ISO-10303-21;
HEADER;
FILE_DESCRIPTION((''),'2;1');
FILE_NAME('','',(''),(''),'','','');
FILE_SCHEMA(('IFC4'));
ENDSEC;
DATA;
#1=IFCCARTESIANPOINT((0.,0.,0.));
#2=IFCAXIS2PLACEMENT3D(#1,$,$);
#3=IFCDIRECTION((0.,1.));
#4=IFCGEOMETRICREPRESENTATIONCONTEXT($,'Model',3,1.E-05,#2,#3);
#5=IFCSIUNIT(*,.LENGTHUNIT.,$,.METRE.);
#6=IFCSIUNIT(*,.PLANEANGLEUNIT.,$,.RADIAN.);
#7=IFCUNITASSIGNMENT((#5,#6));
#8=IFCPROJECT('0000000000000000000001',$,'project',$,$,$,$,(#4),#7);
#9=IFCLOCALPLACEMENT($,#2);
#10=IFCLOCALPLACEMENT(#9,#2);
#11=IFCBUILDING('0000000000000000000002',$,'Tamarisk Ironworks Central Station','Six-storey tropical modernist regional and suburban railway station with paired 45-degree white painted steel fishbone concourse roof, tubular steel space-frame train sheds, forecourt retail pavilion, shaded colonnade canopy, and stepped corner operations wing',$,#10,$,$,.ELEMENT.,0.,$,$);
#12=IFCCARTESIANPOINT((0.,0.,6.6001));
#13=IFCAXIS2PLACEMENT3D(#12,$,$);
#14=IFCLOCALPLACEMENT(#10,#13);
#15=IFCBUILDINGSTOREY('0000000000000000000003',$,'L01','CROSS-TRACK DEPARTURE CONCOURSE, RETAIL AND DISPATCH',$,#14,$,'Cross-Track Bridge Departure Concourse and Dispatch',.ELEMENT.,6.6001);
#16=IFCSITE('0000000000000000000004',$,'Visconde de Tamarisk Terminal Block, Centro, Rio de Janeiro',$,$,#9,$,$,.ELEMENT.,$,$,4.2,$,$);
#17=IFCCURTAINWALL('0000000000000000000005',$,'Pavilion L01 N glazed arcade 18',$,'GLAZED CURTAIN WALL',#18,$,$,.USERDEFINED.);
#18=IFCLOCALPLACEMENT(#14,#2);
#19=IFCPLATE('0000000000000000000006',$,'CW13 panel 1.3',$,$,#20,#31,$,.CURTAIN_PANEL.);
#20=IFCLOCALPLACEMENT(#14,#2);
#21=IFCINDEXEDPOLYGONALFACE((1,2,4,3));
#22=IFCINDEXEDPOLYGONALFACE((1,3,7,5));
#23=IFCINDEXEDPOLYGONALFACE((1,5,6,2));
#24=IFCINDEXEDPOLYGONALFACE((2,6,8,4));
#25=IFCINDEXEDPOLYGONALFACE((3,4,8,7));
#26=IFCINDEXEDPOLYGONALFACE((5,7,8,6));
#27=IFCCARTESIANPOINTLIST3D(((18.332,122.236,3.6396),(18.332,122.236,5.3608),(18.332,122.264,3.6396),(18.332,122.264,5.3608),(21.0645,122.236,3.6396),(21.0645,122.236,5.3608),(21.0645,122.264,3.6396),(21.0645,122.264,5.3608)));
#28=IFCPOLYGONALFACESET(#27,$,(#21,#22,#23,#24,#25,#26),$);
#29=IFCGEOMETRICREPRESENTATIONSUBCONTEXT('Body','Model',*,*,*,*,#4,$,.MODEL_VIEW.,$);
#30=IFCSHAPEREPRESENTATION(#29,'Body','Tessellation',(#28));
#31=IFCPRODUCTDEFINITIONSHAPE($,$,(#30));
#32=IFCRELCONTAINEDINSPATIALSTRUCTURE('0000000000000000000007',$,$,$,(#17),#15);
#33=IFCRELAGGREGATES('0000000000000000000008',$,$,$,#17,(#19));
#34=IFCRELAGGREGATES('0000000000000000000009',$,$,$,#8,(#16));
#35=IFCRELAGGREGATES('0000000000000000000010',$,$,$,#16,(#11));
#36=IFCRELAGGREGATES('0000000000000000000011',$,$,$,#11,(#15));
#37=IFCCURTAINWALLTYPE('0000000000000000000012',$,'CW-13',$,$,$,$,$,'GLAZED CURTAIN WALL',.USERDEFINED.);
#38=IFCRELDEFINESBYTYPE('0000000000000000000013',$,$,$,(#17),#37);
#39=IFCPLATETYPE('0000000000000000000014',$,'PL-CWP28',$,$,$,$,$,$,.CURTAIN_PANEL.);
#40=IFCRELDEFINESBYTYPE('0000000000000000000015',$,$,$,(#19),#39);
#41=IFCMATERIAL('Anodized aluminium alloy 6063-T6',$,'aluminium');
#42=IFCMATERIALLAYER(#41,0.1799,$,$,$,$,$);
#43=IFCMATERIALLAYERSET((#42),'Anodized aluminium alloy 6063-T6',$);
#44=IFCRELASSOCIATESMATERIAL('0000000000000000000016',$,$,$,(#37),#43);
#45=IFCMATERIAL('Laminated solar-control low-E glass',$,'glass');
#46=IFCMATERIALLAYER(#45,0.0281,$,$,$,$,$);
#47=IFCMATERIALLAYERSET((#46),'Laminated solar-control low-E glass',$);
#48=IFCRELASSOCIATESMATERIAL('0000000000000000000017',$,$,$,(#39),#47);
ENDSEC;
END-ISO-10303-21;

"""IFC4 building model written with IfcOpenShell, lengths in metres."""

from ifc_helpers import new_model, si_unit, direction, frame, origin, origin_2d, place, context, subcontext, project, spatial, rectangle, extrude, material, layer, layer_set, type_object, element, aggregate, save


model = new_model("IFC4")

# Units and contexts
model_context = context("Model", 3, precision=1e-05, world=origin(), true_north=direction((0.0, 1.0)))
body_context = subcontext(model_context, "Body", "Model", "MODEL_VIEW")
ifc_project = project(units=[si_unit("LENGTHUNIT", "METRE"), si_unit("PLANEANGLEUNIT", "RADIAN")], contexts=[model_context])

# Site, building, storey
site_placement = place(None, origin())
site = spatial("IfcSite", under=ifc_project, at=site_placement, Name="Visconde de Tamarisk Terminal Block, Centro, Rio de Janeiro", CompositionType="ELEMENT", RefElevation=4.2)
building_placement = place(site_placement, origin())
building = spatial("IfcBuilding", under=site, at=building_placement, Name="Tamarisk Ironworks Central Station", Description="Six-storey tropical modernist regional and suburban railway station with paired 45-degree white painted steel fishbone concourse roof, tubular steel space-frame train sheds, forecourt retail pavilion, shaded colonnade canopy, and stepped corner operations wing", CompositionType="ELEMENT", ElevationOfRefHeight=0.0)
storey_placement = place(building_placement, frame((0.0, 0.0, 6.6001)))
storey = spatial("IfcBuildingStorey", under=building, at=storey_placement, Name="L01", Description="CROSS-TRACK DEPARTURE CONCOURSE, RETAIL AND DISPATCH", LongName="Cross-Track Bridge Departure Concourse and Dispatch", CompositionType="ELEMENT", Elevation=6.6001)

# Curtain wall
ifc_material_1 = material(Name="Anodized aluminium alloy 6063-T6", Category="aluminium")
ifc_layer_1 = layer(ifc_material_1, 0.1799)
ifc_layer_set_1 = layer_set([ifc_layer_1], Name="Anodized aluminium alloy 6063-T6")
curtain_wall_type = type_object("IfcCurtainWallType", Name="CW-13", ElementType="GLAZED CURTAIN WALL", PredefinedType="USERDEFINED", material=ifc_layer_set_1)
curtain_wall_1_placement = place(storey_placement, origin())
curtain_wall_1 = element("IfcCurtainWall", 1, at=curtain_wall_1_placement, inside=storey, type_object=curtain_wall_type, Name="Pavilion L01 N glazed arcade 18", ObjectType="GLAZED CURTAIN WALL", PredefinedType="USERDEFINED")

# Plate
ifc_material_2 = material(Name="Laminated solar-control low-E glass", Category="glass")
ifc_layer_2 = layer(ifc_material_2, 0.0281)
ifc_layer_set_2 = layer_set([ifc_layer_2], Name="Laminated solar-control low-E glass")
plate_type = type_object("IfcPlateType", Name="PL-CWP28", PredefinedType="CURTAIN_PANEL", material=ifc_layer_set_2)
plate_1_placement = place(storey_placement, frame((19.6982, 122.25, 3.6396), z_axis=(0.0, 0.0, 1.0), x_axis=(1.0, 0.0, 0.0)))
plate_1 = element("IfcPlate", 2, at=plate_1_placement, type_object=plate_type, Name="CW13 panel 1.3", PredefinedType="CURTAIN_PANEL", context=body_context, shape_type="SweptSolid", body=[
    extrude(rectangle(XDim=2.7324, YDim=0.0281, at=origin_2d()), origin(), (0.0, 0.0, 1.0), 1.7212),
])
aggregate(curtain_wall_1, [plate_1])

save(model, "model.ifc")
